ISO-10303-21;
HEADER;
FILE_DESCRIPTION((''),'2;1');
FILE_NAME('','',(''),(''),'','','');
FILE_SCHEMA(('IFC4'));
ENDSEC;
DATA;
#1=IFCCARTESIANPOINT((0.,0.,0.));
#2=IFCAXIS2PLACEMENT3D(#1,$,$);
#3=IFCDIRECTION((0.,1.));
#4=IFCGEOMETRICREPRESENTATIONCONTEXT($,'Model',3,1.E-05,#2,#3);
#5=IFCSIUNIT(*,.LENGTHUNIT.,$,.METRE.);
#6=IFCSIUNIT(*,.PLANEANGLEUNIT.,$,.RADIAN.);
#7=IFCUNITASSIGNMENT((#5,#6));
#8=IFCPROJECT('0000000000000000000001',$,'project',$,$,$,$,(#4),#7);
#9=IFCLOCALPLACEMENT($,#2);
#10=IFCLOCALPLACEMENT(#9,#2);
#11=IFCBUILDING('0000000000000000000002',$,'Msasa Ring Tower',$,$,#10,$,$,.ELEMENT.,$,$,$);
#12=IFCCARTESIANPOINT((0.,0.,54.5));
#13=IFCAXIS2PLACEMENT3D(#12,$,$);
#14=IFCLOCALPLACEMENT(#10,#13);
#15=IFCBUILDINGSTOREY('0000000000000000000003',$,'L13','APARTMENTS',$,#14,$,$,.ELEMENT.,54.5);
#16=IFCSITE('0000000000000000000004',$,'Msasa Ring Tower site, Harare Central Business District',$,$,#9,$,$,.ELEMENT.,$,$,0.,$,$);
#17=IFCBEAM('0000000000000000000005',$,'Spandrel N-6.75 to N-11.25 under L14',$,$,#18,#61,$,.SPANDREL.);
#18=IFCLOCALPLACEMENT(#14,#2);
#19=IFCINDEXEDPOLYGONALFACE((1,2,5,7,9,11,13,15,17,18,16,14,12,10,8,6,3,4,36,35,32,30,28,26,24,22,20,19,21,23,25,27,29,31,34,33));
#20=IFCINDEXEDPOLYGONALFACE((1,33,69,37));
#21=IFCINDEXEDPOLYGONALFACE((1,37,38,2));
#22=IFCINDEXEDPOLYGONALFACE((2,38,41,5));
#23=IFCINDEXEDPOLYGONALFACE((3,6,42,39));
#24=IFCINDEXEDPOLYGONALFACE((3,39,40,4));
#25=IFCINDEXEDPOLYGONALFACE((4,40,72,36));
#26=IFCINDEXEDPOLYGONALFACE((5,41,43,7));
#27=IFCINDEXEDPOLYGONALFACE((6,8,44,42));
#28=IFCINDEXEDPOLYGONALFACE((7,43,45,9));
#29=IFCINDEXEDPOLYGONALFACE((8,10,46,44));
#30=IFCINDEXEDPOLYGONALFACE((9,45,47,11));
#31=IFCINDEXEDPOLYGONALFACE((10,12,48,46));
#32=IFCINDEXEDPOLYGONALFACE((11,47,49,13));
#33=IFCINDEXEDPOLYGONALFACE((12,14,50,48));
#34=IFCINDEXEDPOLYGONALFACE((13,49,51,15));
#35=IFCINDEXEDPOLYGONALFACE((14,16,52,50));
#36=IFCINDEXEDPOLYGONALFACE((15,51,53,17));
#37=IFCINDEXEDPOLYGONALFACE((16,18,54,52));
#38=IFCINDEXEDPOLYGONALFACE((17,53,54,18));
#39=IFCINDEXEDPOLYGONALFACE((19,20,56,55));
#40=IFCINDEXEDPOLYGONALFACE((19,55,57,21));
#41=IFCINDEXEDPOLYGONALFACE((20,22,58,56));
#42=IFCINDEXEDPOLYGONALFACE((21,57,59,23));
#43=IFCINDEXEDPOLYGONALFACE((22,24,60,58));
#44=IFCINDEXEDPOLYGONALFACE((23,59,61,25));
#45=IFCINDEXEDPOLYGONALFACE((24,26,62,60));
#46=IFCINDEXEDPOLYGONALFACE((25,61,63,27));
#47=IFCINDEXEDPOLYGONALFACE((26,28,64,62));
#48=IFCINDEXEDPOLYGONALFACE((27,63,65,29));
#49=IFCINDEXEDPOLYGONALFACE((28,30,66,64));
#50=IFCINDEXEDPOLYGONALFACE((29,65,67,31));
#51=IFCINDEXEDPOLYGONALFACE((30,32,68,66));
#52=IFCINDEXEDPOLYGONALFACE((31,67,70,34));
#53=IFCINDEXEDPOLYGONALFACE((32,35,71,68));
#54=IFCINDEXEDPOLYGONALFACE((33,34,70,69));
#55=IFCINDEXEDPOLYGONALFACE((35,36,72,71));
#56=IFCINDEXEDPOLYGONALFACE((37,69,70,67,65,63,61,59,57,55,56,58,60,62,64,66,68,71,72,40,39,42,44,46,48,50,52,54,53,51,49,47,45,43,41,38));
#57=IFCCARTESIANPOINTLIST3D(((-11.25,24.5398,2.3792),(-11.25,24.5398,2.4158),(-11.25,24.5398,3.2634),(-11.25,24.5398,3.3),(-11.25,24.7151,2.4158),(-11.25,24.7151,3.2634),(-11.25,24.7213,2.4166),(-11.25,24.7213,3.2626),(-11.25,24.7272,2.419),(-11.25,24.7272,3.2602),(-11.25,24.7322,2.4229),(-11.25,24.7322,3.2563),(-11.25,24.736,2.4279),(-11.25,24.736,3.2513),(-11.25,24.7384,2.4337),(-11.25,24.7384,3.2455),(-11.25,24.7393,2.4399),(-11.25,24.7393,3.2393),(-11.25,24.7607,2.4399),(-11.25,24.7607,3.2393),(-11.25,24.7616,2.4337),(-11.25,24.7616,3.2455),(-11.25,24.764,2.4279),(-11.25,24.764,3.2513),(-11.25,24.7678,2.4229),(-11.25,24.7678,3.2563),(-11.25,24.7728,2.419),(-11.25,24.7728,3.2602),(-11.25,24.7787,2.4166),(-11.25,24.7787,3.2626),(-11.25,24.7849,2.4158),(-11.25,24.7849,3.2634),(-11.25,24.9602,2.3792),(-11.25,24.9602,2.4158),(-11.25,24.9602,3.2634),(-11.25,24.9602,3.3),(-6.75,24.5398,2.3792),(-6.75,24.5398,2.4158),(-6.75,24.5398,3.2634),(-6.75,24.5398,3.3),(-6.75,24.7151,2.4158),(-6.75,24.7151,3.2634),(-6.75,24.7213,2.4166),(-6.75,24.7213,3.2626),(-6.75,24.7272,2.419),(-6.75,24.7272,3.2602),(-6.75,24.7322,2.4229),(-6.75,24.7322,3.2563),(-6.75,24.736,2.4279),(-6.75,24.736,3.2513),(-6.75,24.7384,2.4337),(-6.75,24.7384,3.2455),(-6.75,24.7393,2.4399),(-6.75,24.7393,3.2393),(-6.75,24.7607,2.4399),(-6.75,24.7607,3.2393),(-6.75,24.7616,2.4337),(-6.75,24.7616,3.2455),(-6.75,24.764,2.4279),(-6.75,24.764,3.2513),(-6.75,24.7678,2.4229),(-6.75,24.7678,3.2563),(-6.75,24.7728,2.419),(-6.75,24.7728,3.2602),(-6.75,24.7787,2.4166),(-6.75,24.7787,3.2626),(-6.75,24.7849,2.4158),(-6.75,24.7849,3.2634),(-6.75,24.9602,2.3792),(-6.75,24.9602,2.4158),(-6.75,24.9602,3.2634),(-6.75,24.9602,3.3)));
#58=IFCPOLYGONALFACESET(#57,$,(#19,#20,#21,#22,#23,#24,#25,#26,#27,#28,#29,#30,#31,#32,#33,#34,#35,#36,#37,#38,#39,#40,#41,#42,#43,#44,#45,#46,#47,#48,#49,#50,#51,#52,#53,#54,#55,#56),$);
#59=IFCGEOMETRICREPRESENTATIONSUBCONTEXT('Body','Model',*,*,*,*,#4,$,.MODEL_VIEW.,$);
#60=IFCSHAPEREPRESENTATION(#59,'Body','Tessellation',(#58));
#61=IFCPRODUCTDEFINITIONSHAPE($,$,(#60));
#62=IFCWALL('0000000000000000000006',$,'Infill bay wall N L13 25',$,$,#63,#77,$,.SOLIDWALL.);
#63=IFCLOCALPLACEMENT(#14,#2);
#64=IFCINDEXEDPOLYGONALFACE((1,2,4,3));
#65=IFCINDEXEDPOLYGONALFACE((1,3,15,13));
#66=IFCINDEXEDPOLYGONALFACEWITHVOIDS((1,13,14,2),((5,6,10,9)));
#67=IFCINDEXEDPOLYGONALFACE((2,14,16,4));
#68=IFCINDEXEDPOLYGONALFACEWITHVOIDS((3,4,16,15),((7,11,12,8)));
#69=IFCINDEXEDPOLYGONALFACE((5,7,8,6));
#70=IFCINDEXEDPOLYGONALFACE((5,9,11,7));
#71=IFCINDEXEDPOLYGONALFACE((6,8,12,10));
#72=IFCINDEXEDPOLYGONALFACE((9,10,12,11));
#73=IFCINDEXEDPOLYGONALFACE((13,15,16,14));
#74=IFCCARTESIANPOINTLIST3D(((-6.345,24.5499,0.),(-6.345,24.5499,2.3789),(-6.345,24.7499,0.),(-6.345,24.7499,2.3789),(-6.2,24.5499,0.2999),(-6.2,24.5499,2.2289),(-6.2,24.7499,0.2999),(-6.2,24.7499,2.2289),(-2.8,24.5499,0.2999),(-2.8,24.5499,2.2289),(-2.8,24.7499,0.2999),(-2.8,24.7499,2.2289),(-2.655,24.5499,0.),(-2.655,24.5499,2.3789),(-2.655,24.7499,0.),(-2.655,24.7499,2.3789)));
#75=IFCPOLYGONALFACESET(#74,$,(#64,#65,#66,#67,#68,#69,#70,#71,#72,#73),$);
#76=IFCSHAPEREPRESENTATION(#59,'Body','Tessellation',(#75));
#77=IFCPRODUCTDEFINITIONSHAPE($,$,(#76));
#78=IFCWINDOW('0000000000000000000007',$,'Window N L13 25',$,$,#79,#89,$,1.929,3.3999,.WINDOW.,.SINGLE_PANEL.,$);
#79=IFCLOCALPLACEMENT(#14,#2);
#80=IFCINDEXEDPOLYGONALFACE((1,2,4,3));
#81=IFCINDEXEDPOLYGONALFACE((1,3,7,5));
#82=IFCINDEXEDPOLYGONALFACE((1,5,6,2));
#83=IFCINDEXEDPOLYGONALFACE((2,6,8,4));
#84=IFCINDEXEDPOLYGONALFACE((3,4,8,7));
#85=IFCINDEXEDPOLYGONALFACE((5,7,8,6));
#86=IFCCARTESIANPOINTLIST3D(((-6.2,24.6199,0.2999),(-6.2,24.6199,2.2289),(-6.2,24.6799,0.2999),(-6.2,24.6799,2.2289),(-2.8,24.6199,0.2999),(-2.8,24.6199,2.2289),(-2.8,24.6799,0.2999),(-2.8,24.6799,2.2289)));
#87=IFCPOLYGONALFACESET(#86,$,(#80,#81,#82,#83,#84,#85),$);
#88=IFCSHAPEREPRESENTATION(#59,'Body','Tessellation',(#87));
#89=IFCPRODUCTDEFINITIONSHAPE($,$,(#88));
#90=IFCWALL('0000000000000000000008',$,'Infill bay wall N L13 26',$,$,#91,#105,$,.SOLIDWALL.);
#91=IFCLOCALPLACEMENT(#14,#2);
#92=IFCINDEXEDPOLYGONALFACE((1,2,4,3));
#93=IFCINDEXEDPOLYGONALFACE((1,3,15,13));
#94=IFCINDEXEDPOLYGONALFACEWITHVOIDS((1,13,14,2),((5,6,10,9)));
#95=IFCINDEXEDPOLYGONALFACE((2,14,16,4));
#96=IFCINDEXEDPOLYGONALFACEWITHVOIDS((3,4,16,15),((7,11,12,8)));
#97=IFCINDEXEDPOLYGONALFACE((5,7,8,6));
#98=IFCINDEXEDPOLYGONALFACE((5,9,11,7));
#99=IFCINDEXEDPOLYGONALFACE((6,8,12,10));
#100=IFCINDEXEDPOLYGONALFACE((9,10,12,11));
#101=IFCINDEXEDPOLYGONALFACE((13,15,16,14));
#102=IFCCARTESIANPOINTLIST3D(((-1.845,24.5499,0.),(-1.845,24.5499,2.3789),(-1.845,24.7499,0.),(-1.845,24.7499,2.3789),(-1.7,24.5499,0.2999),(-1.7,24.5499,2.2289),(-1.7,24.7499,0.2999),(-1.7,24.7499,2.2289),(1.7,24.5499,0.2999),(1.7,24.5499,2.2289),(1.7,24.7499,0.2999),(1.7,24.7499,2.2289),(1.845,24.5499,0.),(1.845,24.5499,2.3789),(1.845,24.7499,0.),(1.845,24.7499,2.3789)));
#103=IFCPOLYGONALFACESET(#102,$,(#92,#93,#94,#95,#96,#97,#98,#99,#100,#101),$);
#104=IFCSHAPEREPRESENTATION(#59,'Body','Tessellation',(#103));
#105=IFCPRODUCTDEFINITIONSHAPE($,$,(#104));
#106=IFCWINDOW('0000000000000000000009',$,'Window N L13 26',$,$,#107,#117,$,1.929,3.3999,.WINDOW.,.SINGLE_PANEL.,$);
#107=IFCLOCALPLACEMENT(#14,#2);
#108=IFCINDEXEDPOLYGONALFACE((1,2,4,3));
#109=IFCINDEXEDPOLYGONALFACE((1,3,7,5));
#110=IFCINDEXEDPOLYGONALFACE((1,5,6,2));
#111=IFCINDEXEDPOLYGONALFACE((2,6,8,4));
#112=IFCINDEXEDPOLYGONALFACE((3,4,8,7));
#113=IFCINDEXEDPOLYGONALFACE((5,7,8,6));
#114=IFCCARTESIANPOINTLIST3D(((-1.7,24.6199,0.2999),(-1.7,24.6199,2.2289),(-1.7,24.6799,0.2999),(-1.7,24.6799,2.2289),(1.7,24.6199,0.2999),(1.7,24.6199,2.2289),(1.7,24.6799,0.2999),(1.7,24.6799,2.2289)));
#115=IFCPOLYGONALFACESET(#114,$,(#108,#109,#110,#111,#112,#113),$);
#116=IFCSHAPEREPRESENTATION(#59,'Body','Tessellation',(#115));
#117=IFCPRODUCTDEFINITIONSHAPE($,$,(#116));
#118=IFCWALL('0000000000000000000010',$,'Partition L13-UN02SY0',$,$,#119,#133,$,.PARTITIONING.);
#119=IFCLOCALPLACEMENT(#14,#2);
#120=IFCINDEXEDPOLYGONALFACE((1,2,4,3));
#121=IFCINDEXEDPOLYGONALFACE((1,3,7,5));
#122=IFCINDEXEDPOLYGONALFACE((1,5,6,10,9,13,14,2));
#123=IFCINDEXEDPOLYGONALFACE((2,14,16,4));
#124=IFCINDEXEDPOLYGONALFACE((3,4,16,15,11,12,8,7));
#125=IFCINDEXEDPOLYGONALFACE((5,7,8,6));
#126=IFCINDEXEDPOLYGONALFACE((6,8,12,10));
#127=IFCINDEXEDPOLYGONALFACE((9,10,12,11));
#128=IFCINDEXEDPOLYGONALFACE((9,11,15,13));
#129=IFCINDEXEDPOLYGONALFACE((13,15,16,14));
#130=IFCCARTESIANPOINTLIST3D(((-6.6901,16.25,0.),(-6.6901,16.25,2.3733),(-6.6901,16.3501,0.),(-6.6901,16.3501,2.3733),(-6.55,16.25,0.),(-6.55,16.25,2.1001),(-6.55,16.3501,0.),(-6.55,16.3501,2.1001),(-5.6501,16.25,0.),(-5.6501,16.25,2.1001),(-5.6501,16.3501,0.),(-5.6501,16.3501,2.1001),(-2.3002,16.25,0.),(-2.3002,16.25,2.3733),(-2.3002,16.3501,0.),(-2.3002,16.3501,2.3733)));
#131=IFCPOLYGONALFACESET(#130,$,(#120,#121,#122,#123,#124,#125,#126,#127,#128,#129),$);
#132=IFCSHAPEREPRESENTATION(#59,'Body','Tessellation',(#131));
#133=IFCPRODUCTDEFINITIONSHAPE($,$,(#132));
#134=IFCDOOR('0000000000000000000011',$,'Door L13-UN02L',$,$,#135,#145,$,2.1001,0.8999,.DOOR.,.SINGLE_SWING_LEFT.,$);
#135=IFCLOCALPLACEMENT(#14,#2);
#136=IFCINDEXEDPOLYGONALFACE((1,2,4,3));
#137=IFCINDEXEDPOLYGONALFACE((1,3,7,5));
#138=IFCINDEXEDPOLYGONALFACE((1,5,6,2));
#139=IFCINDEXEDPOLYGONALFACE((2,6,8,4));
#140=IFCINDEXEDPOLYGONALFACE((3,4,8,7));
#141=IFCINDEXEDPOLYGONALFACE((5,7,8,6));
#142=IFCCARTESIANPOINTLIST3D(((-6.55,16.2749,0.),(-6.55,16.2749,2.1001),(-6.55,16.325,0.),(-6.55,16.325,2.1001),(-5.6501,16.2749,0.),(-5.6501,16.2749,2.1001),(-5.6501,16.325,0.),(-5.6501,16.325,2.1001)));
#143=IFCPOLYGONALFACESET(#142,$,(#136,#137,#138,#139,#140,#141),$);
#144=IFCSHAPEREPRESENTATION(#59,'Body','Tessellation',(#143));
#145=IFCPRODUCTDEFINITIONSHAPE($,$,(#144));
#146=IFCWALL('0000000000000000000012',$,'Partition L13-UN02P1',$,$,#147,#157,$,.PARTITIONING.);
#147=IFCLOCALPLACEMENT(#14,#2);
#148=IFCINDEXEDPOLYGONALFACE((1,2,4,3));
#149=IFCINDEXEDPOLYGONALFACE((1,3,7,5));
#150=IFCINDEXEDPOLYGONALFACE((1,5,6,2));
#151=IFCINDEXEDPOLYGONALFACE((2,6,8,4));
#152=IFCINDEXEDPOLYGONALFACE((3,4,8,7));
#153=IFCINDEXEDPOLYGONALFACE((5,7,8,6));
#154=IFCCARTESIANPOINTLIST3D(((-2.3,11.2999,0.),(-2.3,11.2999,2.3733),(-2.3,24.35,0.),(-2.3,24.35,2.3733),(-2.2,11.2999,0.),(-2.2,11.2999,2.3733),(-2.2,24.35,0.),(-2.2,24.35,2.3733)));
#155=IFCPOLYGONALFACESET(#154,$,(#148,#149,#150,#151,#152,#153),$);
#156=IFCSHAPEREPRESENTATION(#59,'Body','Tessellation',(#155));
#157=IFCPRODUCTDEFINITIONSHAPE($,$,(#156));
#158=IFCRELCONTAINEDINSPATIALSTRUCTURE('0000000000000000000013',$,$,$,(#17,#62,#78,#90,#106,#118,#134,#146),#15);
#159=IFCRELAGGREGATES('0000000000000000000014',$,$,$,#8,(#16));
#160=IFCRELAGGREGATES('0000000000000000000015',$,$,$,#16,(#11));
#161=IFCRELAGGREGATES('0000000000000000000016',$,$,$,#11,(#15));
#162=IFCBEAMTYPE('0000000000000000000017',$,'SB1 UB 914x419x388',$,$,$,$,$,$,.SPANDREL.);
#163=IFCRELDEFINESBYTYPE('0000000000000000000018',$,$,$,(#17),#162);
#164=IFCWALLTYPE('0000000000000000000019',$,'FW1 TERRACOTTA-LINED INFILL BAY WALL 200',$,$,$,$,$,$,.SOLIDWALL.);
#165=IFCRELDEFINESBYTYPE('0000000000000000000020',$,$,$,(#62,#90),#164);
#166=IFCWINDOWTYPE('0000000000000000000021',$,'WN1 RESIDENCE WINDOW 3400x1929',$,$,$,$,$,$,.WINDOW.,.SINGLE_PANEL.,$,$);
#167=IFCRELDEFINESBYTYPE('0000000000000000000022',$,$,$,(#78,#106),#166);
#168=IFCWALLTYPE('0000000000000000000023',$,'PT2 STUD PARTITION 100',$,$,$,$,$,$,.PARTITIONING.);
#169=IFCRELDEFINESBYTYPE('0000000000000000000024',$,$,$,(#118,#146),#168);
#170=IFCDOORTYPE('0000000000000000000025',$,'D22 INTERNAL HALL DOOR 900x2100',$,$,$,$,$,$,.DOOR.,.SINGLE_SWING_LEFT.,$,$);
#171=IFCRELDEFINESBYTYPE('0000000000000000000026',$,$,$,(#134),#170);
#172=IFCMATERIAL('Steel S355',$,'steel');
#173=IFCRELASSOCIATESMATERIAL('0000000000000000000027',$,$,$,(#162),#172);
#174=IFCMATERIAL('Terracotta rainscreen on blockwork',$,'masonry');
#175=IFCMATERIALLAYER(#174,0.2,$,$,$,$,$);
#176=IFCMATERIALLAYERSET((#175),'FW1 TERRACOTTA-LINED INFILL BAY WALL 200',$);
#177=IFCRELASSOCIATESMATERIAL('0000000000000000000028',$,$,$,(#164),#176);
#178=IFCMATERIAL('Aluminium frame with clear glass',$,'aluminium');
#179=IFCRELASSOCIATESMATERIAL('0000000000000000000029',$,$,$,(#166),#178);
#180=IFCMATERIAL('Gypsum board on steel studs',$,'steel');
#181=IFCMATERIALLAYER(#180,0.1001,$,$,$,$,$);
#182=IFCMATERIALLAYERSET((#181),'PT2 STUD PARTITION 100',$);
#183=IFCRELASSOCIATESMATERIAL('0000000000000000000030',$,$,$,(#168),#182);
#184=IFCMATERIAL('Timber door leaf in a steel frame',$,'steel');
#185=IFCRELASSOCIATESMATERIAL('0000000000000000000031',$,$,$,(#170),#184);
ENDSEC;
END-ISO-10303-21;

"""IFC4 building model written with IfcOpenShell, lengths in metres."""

from ifc_helpers import new_model, si_unit, direction, frame, frame_2d, origin, origin_2d, place, context, subcontext, project, spatial, rectangle, i_section, extrude, material, layer, layer_set, material_profile, profile_set, type_object, element, fill, save


model = new_model("IFC4")

# Units and contexts
model_context = context("Model", 3, precision=1e-05, world=origin(), true_north=direction((0.0, 1.0)))
body_context = subcontext(model_context, "Body", "Model", "MODEL_VIEW")
ifc_project = project(units=[si_unit("LENGTHUNIT", "METRE"), si_unit("PLANEANGLEUNIT", "RADIAN")], contexts=[model_context])

# Site, building, storey
site_placement = place(None, origin())
site = spatial("IfcSite", under=ifc_project, at=site_placement, Name="Msasa Ring Tower site, Harare Central Business District", CompositionType="ELEMENT", RefElevation=0.0)
building_placement = place(site_placement, origin())
building = spatial("IfcBuilding", under=site, at=building_placement, Name="Msasa Ring Tower", CompositionType="ELEMENT")
storey_placement = place(building_placement, frame((0.0, 0.0, 54.5)))
storey = spatial("IfcBuildingStorey", under=building, at=storey_placement, Name="L13", Description="APARTMENTS", CompositionType="ELEMENT", Elevation=54.5)

# Beam
ifc_material_1 = material(Name="Steel S355", Category="steel")
ifc_material_profile_1 = material_profile(ifc_material_1, i_section(OverallWidth=0.4204, OverallDepth=0.9209, WebThickness=0.0215, FlangeThickness=0.0366, FilletRadius=0.0242, at=origin_2d()), Name="UB 914x419x388")
ifc_profile_set_1 = profile_set([ifc_material_profile_1], Name="Steel S355")
beam_type_1 = type_object("IfcBeamType", Name="SB1 UB 914x419x388", PredefinedType="SPANDREL", material=ifc_profile_set_1)
for number, where, z_axis, x_axis, name in (
    (1, (-6.75, 24.75, 2.8396), (-1.0, 0.0, 0.0), (0.0, -1.0, 0.0), "Spandrel N-6.75 to N-11.25 under L14"),
):
    element("IfcBeam", number, at=place(storey_placement, frame(where, z_axis=z_axis, x_axis=x_axis)), inside=storey, type_object=beam_type_1, Name=name, PredefinedType="SPANDREL", context=body_context, shape_type="SweptSolid", body=[
        extrude(i_section(OverallWidth=0.4204, OverallDepth=0.9209, WebThickness=0.0215, FlangeThickness=0.0366, FilletRadius=0.0242, at=origin_2d()), origin(), (0.0, 0.0, 1.0), 4.5),
    ])

# Walls, openings, windows
ifc_material_2 = material(Name="Terracotta rainscreen on blockwork", Category="masonry")
ifc_layer_1 = layer(ifc_material_2, 0.2)
ifc_layer_set_1 = layer_set([ifc_layer_1], Name="FW1 TERRACOTTA-LINED INFILL BAY WALL 200")
wall_type_1 = type_object("IfcWallType", Name="FW1 TERRACOTTA-LINED INFILL BAY WALL 200", PredefinedType="SOLIDWALL", material=ifc_layer_set_1)
wall_1_placement = place(storey_placement, frame((-6.345, 24.6499, 0.0), z_axis=(0.0, 0.0, 1.0), x_axis=(1.0, 0.0, 0.0)))
wall_1 = element("IfcWall", 2, at=wall_1_placement, inside=storey, type_object=wall_type_1, Name="Infill bay wall N L13 25", PredefinedType="SOLIDWALL", context=body_context, shape_type="SweptSolid", body=[
    extrude(rectangle(XDim=3.6899, YDim=0.2, at=frame_2d((1.845, 0.0))), origin(), (0.0, 0.0, 1.0), 2.3789),
])
opening_1_placement = place(wall_1_placement, frame((0.145, 0.0, 0.3)))
opening_1 = element("IfcOpeningElement", 3, at=opening_1_placement, cuts=wall_1, PredefinedType="OPENING", context=body_context, shape_type="SweptSolid", body=[
    extrude(rectangle(XDim=3.3999, YDim=1.929, at=frame_2d((1.7, 0.9644))), frame((0.0, 0.1099, 0.0), z_axis=(0.0, -1.0, 0.0), x_axis=(1.0, 0.0, 0.0)), (0.0, 0.0, 1.0), 0.22),
])
ifc_material_3 = material(Name="Aluminium frame with clear glass", Category="aluminium")
window_type = type_object("IfcWindowType", Name="WN1 RESIDENCE WINDOW 3400x1929", PartitioningType="SINGLE_PANEL", PredefinedType="WINDOW", material=ifc_material_3)
window_1_placement = place(opening_1_placement, origin())
window_1 = element("IfcWindow", 4, at=window_1_placement, inside=storey, type_object=window_type, Name="Window N L13 25", OverallHeight=1.929, OverallWidth=3.3999, PartitioningType="SINGLE_PANEL", PredefinedType="WINDOW", context=body_context, shape_type="SweptSolid", body=[
    extrude(rectangle(XDim=3.3999, YDim=1.929, at=frame_2d((1.7, 0.9644))), frame((0.0, 0.03, 0.0), z_axis=(0.0, -1.0, 0.0), x_axis=(1.0, 0.0, 0.0)), (0.0, 0.0, 1.0), 0.0601),
])
fill(opening_1, window_1)
wall_2_placement = place(storey_placement, frame((-1.845, 24.6499, 0.0), z_axis=(0.0, 0.0, 1.0), x_axis=(1.0, 0.0, 0.0)))
wall_2 = element("IfcWall", 5, at=wall_2_placement, inside=storey, type_object=wall_type_1, Name="Infill bay wall N L13 26", PredefinedType="SOLIDWALL", context=body_context, shape_type="SweptSolid", body=[
    extrude(rectangle(XDim=3.6899, YDim=0.2, at=frame_2d((1.845, 0.0))), origin(), (0.0, 0.0, 1.0), 2.3789),
])
opening_2_placement = place(wall_2_placement, frame((0.145, 0.0, 0.3)))
opening_2 = element("IfcOpeningElement", 6, at=opening_2_placement, cuts=wall_2, PredefinedType="OPENING", context=body_context, shape_type="SweptSolid", body=[
    extrude(rectangle(XDim=3.3999, YDim=1.929, at=frame_2d((1.7, 0.9644))), frame((0.0, 0.1099, 0.0), z_axis=(0.0, -1.0, 0.0), x_axis=(1.0, 0.0, 0.0)), (0.0, 0.0, 1.0), 0.22),
])
window_2_placement = place(opening_2_placement, origin())
window_2 = element("IfcWindow", 7, at=window_2_placement, inside=storey, type_object=window_type, Name="Window N L13 26", OverallHeight=1.929, OverallWidth=3.3999, PartitioningType="SINGLE_PANEL", PredefinedType="WINDOW", context=body_context, shape_type="SweptSolid", body=[
    extrude(rectangle(XDim=3.3999, YDim=1.929, at=frame_2d((1.7, 0.9644))), frame((0.0, 0.03, 0.0), z_axis=(0.0, -1.0, 0.0), x_axis=(1.0, 0.0, 0.0)), (0.0, 0.0, 1.0), 0.0601),
])
fill(opening_2, window_2)

# Wall, opening, door
ifc_material_4 = material(Name="Gypsum board on steel studs", Category="steel")
ifc_layer_2 = layer(ifc_material_4, 0.1001)
ifc_layer_set_2 = layer_set([ifc_layer_2], Name="PT2 STUD PARTITION 100")
wall_type_2 = type_object("IfcWallType", Name="PT2 STUD PARTITION 100", PredefinedType="PARTITIONING", material=ifc_layer_set_2)
wall_3_placement = place(storey_placement, frame((-6.6899, 16.3, 0.0), z_axis=(0.0, 0.0, 1.0), x_axis=(1.0, 0.0, 0.0)))
wall_3 = element("IfcWall", 8, at=wall_3_placement, inside=storey, type_object=wall_type_2, Name="Partition L13-UN02SY0", PredefinedType="PARTITIONING", context=body_context, shape_type="SweptSolid", body=[
    extrude(rectangle(XDim=4.3899, YDim=0.1001, at=frame_2d((2.1948, 0.0))), origin(), (0.0, 0.0, 1.0), 2.3733),
])
opening_3_placement = place(wall_3_placement, frame((0.1399, 0.0, 0.0)))
opening_3 = element("IfcOpeningElement", 9, at=opening_3_placement, cuts=wall_3, PredefinedType="OPENING", context=body_context, shape_type="SweptSolid", body=[
    extrude(rectangle(XDim=0.8999, YDim=2.1001, at=frame_2d((0.45, 1.05))), frame((0.0, 0.0601, 0.0), z_axis=(0.0, -1.0, 0.0), x_axis=(1.0, 0.0, 0.0)), (0.0, 0.0, 1.0), 0.1201),
])
ifc_material_5 = material(Name="Timber door leaf in a steel frame", Category="steel")
door_type_1 = type_object("IfcDoorType", Name="D22 INTERNAL HALL DOOR 900x2100", OperationType="SINGLE_SWING_LEFT", PredefinedType="DOOR", material=ifc_material_5)
door_1_placement = place(opening_3_placement, origin())
door_1 = element("IfcDoor", 10, at=door_1_placement, inside=storey, type_object=door_type_1, Name="Door L13-UN02L", OperationType="SINGLE_SWING_LEFT", OverallHeight=2.1001, OverallWidth=0.8999, PredefinedType="DOOR", context=body_context, shape_type="SweptSolid", body=[
    extrude(rectangle(XDim=0.8999, YDim=2.1001, at=frame_2d((0.45, 1.05))), frame((0.0, 0.0249, 0.0), z_axis=(0.0, -1.0, 0.0), x_axis=(1.0, 0.0, 0.0)), (0.0, 0.0, 1.0), 0.05),
])
fill(opening_3, door_1)

# Wall
wall_4_placement = place(storey_placement, frame((-2.25, 11.3, 0.0), z_axis=(0.0, 0.0, 1.0), x_axis=(0.0, 1.0, 0.0)))
element("IfcWall", 11, at=wall_4_placement, inside=storey, type_object=wall_type_2, Name="Partition L13-UN02P1", PredefinedType="PARTITIONING", context=body_context, shape_type="SweptSolid", body=[
    extrude(rectangle(XDim=13.05, YDim=0.1001, at=frame_2d((6.5249, 0.0))), origin(), (0.0, 0.0, 1.0), 2.3733),
])

save(model, "model.ifc")
